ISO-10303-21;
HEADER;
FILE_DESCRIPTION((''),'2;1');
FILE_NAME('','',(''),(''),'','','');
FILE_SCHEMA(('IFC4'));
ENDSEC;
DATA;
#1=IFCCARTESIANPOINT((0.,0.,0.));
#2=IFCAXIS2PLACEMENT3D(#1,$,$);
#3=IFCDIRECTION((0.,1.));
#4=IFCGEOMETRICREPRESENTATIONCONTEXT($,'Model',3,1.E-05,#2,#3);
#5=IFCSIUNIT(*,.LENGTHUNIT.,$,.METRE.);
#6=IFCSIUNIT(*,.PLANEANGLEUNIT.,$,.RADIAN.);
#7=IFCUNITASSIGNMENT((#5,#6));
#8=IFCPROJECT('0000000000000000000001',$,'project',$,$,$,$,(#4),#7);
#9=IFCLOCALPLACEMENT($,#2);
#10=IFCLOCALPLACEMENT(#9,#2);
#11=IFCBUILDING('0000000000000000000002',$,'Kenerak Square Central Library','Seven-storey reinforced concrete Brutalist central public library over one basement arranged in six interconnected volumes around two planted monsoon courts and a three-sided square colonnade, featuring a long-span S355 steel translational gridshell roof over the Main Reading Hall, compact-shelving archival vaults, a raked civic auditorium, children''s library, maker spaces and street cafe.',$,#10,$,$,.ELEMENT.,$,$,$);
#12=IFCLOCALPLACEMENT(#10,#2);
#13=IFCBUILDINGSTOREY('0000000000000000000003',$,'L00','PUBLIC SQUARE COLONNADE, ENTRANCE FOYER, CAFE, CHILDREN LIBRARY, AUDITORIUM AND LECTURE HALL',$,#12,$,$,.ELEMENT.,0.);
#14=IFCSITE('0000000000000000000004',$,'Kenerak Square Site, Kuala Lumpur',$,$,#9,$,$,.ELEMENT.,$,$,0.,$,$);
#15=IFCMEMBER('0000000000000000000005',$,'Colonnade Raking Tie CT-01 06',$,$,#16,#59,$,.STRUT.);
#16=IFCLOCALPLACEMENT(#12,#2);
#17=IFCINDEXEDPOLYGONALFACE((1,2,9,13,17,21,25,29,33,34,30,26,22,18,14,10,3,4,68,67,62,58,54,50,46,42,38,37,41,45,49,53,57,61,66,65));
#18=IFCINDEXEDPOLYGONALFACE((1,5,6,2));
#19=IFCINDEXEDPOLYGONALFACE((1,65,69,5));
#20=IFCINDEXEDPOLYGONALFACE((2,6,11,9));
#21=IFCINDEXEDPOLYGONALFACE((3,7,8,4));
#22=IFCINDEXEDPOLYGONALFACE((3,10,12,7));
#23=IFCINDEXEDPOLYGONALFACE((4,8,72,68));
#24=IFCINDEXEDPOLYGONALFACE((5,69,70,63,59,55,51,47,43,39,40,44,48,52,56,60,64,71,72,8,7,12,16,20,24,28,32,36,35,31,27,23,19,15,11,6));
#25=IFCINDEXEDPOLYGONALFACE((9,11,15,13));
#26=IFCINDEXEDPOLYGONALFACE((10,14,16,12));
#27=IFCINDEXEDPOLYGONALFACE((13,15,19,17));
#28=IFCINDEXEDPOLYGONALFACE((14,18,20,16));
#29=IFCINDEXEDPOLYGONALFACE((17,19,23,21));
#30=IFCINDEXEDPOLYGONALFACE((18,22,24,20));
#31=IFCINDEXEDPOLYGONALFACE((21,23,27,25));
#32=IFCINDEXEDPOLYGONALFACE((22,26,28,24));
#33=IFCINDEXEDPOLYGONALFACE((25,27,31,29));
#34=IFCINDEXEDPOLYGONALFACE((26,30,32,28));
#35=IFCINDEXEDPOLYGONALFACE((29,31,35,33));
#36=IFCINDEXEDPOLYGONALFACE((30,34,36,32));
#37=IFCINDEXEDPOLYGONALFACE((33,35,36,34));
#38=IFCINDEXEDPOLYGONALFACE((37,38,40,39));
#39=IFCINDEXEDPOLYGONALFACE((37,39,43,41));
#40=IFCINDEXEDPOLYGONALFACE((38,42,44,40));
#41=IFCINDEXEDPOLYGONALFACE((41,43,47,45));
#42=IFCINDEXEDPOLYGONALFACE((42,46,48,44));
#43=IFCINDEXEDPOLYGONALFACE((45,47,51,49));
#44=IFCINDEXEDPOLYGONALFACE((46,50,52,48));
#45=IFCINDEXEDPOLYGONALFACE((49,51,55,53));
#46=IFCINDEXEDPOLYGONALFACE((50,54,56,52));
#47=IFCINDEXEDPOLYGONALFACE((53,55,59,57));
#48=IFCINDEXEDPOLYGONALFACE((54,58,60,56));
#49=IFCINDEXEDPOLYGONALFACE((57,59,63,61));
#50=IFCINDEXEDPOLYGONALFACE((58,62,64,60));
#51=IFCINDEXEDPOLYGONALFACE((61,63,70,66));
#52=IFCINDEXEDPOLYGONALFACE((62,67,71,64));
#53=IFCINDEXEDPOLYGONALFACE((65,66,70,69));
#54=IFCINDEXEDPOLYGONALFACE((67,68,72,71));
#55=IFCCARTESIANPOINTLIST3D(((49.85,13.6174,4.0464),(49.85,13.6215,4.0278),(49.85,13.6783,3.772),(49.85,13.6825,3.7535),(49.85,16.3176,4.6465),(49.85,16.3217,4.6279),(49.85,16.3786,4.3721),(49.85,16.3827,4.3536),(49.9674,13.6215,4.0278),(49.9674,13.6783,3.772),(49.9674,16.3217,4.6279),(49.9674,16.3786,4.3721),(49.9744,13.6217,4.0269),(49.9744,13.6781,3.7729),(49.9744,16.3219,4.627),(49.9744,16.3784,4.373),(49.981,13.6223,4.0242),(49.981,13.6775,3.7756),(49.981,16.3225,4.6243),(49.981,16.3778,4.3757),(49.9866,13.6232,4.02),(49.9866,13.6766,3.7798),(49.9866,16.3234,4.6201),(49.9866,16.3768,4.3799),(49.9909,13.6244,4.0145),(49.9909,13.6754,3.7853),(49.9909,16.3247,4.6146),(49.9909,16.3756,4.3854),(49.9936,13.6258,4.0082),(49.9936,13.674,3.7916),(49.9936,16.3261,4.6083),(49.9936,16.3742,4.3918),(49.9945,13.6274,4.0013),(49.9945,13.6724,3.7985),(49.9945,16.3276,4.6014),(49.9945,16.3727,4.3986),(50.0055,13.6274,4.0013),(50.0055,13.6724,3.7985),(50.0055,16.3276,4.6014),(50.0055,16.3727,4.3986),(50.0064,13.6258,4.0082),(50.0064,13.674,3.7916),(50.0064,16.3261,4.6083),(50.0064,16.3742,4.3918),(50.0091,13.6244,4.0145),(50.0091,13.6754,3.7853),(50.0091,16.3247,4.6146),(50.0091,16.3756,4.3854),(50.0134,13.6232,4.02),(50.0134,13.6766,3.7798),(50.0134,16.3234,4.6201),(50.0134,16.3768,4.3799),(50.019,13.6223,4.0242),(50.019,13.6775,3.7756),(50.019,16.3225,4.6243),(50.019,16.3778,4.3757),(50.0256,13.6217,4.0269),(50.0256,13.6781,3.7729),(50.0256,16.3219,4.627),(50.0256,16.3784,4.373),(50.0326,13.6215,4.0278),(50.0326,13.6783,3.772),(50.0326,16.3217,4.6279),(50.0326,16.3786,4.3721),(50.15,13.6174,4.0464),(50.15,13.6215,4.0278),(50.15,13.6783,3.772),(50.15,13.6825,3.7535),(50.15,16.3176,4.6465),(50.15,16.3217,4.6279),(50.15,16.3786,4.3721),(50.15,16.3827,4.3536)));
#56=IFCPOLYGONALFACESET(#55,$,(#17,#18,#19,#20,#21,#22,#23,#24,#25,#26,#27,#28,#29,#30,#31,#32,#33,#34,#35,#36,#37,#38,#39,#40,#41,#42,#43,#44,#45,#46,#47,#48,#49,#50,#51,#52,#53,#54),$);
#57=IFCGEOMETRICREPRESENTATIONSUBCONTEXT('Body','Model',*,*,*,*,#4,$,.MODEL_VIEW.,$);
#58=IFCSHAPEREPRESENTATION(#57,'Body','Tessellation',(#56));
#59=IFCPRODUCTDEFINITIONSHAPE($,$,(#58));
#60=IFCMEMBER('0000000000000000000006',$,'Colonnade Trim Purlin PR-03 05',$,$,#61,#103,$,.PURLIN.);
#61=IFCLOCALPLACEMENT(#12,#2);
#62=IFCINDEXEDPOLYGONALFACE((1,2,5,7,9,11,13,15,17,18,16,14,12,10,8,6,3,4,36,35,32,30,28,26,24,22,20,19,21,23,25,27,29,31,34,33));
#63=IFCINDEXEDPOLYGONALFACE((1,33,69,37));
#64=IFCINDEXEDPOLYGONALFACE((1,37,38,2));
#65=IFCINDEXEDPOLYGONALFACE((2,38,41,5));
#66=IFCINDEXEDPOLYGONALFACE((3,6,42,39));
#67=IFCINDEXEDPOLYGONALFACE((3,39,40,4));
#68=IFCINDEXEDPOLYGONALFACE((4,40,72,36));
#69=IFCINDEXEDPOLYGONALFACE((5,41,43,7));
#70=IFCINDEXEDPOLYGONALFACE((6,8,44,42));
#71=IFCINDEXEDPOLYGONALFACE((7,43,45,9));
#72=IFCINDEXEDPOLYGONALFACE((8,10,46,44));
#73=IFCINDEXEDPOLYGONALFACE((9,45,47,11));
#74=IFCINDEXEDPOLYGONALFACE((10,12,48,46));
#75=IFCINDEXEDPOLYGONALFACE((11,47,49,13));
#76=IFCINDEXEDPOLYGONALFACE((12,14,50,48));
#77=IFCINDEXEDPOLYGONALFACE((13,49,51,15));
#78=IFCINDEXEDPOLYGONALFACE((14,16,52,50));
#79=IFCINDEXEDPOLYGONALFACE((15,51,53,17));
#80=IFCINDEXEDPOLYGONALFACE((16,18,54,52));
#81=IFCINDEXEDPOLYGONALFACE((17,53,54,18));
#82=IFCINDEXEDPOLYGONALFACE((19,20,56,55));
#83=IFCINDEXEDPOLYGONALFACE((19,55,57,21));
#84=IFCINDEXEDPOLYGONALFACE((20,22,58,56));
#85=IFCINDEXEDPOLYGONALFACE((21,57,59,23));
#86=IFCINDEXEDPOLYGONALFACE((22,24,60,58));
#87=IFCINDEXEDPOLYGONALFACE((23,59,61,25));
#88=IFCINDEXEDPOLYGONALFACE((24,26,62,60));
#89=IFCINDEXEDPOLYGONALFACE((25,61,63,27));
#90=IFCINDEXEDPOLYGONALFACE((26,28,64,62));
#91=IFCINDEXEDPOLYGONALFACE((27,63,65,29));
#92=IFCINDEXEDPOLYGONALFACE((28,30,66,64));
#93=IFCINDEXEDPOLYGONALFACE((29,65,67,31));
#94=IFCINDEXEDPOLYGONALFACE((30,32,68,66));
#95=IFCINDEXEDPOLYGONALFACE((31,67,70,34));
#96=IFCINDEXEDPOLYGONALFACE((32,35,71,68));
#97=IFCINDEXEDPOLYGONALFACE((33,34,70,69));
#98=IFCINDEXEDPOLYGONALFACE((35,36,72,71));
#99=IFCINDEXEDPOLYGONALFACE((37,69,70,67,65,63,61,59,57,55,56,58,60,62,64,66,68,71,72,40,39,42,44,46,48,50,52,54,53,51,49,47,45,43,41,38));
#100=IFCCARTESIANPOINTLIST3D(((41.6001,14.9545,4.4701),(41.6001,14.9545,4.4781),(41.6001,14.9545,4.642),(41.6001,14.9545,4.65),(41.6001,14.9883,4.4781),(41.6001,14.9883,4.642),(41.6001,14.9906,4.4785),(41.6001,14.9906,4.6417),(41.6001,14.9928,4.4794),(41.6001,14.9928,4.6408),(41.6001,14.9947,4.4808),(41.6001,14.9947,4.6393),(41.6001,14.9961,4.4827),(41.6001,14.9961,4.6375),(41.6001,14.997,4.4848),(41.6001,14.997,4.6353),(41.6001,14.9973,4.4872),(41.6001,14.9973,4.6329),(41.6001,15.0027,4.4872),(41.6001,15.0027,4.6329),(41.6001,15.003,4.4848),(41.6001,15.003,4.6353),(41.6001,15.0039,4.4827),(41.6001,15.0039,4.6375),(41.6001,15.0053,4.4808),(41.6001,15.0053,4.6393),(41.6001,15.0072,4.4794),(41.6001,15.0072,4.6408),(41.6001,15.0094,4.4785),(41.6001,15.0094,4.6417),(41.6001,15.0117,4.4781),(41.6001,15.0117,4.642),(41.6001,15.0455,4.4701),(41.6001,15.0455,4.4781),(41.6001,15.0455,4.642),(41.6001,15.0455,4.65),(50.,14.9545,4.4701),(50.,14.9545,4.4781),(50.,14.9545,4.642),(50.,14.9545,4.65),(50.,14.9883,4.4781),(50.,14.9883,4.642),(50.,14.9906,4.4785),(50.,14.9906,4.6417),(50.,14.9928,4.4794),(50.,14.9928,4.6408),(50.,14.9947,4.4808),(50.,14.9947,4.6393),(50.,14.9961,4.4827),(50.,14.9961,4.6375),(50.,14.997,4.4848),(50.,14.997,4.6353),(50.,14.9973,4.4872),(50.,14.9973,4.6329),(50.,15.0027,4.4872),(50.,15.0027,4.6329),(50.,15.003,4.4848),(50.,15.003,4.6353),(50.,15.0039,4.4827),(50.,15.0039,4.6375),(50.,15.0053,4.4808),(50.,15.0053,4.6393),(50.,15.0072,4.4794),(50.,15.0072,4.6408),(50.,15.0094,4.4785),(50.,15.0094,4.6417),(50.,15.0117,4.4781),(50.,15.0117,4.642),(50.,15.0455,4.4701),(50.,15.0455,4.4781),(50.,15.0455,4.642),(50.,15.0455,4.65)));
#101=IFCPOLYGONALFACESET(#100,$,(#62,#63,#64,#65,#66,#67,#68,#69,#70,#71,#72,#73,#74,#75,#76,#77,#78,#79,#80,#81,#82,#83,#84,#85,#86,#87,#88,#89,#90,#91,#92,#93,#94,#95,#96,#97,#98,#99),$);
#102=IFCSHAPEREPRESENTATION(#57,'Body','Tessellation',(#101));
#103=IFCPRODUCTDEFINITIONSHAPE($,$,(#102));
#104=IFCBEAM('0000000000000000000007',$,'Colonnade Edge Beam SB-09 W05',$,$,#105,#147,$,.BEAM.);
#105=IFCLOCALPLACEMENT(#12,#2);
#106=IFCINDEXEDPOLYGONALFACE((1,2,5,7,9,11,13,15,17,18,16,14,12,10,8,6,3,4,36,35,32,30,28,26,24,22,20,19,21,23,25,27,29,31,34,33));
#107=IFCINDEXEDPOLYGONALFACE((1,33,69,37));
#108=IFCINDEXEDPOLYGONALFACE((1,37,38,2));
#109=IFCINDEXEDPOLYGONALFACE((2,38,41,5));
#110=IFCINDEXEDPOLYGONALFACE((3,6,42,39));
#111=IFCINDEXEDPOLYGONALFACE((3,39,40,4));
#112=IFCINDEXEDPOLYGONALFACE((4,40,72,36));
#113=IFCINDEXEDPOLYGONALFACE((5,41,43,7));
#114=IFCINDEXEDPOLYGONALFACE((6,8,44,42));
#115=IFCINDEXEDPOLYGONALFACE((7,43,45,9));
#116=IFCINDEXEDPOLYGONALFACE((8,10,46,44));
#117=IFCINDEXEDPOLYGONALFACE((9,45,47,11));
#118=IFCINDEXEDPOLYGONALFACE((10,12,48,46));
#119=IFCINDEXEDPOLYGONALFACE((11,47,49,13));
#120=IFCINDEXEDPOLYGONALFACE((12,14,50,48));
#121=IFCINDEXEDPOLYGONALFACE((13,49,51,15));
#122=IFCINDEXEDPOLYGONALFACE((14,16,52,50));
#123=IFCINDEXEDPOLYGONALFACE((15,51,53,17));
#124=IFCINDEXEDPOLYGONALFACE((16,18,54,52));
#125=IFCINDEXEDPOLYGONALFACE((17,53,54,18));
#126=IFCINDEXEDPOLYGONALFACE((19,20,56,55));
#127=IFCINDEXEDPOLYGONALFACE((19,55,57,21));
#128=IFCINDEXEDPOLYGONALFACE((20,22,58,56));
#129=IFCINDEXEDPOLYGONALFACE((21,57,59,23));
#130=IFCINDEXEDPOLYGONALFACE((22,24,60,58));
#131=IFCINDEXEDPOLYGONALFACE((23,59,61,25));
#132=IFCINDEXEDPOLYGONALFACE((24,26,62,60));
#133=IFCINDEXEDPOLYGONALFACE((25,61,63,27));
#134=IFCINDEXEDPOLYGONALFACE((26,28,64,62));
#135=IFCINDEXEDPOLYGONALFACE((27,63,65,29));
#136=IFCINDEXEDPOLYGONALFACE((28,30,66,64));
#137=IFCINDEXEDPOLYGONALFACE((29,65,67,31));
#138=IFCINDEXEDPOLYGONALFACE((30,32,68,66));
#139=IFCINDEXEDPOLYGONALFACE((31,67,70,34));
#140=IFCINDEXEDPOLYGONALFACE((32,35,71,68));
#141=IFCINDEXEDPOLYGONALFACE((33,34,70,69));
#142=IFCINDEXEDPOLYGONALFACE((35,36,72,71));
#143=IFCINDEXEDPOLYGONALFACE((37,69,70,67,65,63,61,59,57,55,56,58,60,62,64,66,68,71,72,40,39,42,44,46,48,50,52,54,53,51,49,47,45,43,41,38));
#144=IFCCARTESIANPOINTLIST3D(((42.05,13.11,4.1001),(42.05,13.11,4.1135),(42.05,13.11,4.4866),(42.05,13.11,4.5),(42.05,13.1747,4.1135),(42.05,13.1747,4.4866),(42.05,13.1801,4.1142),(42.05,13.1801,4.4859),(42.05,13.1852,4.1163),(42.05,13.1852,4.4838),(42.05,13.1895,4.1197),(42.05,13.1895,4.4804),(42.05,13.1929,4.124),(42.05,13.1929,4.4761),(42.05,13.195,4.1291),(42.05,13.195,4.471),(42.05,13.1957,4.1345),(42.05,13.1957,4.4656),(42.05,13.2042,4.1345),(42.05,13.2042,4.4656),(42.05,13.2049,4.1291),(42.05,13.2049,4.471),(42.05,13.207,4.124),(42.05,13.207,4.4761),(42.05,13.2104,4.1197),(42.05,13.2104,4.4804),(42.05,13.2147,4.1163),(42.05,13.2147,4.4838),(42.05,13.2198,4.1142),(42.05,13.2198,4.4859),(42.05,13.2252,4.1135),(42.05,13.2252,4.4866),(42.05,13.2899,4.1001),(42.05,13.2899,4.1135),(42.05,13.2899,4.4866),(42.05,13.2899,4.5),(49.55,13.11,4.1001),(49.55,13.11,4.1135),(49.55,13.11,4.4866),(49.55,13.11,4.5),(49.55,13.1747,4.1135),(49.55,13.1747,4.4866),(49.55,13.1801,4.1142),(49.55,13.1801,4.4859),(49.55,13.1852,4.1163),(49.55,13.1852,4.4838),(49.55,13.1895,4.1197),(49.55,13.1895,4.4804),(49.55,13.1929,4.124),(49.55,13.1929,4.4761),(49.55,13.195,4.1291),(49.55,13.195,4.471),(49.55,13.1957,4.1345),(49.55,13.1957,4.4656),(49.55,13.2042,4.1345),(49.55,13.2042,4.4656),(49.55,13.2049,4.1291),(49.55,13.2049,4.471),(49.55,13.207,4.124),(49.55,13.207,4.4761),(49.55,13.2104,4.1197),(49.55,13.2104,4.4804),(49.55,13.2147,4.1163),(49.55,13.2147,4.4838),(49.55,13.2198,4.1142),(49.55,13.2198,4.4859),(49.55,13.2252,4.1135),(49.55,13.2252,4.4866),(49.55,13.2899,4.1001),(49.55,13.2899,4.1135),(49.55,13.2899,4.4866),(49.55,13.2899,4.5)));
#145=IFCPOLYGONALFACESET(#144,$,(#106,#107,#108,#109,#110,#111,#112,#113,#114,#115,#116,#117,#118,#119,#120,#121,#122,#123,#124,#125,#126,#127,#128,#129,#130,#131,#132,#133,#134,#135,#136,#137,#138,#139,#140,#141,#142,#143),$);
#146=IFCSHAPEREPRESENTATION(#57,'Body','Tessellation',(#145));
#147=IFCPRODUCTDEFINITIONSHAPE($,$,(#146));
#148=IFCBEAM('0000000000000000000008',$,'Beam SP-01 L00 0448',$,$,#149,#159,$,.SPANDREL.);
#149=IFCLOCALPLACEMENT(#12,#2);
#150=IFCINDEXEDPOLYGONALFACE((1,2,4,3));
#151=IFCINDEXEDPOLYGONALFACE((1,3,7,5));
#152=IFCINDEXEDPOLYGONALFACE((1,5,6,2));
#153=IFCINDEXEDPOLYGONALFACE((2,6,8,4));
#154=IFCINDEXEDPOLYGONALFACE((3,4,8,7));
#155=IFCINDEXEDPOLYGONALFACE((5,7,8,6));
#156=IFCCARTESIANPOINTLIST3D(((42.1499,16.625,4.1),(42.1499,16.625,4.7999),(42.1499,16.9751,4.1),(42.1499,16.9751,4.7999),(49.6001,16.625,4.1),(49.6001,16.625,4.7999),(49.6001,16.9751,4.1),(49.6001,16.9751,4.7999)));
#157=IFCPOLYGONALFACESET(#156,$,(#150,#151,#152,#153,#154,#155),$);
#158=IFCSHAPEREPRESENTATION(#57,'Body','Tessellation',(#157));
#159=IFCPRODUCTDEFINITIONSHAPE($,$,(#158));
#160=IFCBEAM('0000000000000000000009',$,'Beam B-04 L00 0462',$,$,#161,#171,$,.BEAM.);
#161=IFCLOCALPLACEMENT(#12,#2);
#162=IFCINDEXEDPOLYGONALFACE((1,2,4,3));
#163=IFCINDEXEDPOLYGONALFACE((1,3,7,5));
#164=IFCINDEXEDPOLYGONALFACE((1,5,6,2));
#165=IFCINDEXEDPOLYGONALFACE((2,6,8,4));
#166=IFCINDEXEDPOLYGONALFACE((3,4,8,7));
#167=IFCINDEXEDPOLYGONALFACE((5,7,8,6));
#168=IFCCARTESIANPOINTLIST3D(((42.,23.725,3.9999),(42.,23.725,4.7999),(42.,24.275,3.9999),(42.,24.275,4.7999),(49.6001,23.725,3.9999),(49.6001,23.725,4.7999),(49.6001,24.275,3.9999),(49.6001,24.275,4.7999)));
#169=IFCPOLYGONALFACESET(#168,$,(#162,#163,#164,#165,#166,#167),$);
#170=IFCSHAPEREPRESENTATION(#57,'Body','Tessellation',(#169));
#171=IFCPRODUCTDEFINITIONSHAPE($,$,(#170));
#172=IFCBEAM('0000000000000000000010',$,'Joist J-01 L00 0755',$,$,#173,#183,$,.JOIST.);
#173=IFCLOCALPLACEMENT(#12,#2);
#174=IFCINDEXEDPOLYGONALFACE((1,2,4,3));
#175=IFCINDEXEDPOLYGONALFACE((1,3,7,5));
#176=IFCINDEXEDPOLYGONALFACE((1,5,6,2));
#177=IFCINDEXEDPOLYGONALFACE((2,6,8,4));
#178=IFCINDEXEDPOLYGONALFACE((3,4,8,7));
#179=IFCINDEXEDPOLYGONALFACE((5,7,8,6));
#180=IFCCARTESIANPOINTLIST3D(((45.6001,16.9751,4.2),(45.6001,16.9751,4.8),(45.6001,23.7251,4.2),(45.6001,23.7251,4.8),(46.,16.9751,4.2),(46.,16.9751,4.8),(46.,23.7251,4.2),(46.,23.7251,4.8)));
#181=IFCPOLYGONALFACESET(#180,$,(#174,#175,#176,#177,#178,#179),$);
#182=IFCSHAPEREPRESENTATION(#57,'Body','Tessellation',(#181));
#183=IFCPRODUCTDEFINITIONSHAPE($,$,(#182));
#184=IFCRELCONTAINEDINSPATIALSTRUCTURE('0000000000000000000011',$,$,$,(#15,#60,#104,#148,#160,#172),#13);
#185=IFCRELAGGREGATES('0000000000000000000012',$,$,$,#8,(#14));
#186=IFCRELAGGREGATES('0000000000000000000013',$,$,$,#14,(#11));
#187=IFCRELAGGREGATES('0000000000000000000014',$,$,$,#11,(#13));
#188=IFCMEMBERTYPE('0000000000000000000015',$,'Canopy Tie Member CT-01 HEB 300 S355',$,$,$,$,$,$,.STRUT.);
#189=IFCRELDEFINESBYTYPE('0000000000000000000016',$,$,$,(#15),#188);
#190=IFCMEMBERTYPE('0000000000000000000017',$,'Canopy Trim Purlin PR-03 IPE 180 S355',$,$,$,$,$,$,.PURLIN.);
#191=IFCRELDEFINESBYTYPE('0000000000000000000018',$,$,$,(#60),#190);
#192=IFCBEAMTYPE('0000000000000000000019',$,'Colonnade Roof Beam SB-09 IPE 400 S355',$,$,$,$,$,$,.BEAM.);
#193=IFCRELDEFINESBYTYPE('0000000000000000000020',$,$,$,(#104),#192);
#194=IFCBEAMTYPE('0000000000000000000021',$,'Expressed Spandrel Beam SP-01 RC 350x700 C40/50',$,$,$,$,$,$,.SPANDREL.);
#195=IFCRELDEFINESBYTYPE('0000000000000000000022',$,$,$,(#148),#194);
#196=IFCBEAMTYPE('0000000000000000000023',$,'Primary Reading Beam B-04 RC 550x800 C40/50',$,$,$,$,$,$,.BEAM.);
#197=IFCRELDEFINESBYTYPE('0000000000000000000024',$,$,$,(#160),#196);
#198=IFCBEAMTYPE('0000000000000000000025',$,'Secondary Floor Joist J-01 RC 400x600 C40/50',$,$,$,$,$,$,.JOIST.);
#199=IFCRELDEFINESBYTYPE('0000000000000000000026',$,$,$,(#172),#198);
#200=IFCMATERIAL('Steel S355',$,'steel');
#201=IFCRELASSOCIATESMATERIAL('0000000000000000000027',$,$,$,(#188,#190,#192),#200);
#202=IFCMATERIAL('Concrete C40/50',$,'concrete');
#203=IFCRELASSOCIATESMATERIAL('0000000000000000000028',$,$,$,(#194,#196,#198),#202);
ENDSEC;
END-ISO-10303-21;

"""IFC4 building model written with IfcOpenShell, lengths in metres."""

from ifc_helpers import new_model, si_unit, direction, frame, origin, origin_2d, place, context, subcontext, project, spatial, rectangle, i_section, extrude, material, material_profile, profile_set, type_object, element, save


model = new_model("IFC4")

# Units and contexts
model_context = context("Model", 3, precision=1e-05, world=origin(), true_north=direction((0.0, 1.0)))
body_context = subcontext(model_context, "Body", "Model", "MODEL_VIEW")
ifc_project = project(units=[si_unit("LENGTHUNIT", "METRE"), si_unit("PLANEANGLEUNIT", "RADIAN")], contexts=[model_context])

# Site, building, storey
site_placement = place(None, origin())
site = spatial("IfcSite", under=ifc_project, at=site_placement, Name="Kenerak Square Site, Kuala Lumpur", CompositionType="ELEMENT", RefElevation=0.0)
building_placement = place(site_placement, origin())
building = spatial("IfcBuilding", under=site, at=building_placement, Name="Kenerak Square Central Library", Description="Seven-storey reinforced concrete Brutalist central public library over one basement arranged in six interconnected volumes around two planted monsoon courts and a three-sided square colonnade, featuring a long-span S355 steel translational gridshell roof over the Main Reading Hall, compact-shelving archival vaults, a raked civic auditorium, children's library, maker spaces and street cafe.", CompositionType="ELEMENT")
storey_placement = place(building_placement, origin())
storey = spatial("IfcBuildingStorey", under=building, at=storey_placement, Name="L00", Description="PUBLIC SQUARE COLONNADE, ENTRANCE FOYER, CAFE, CHILDREN LIBRARY, AUDITORIUM AND LECTURE HALL", CompositionType="ELEMENT", Elevation=0.0)

# Shared definitions
ifc_material_1 = material(Name="Steel S355", Category="steel")

# Members
ifc_material_profile_1 = material_profile(ifc_material_1, i_section(OverallWidth=0.3, OverallDepth=0.3, WebThickness=0.011, FlangeThickness=0.019, FilletRadius=0.0271, at=origin_2d()), Name="HEB 300")
ifc_profile_set_1 = profile_set([ifc_material_profile_1], Name="Steel S355")
member_type_1 = type_object("IfcMemberType", Name="Canopy Tie Member CT-01 HEB 300 S355", PredefinedType="STRUT", material=ifc_profile_set_1)
for number, where, z_axis, x_axis, name in (
    (1, (50.0, 13.6499, 3.8999), (0.0, 0.976183, 0.216949), (-1.0, 0.0, 0.0), "Colonnade Raking Tie CT-01 06"),
):
    element("IfcMember", number, at=place(storey_placement, frame(where, z_axis=z_axis, x_axis=x_axis)), inside=storey, type_object=member_type_1, Name=name, PredefinedType="STRUT", context=body_context, shape_type="SweptSolid", body=[
        extrude(i_section(OverallWidth=0.3, OverallDepth=0.3, WebThickness=0.011, FlangeThickness=0.019, FilletRadius=0.0271, at=origin_2d()), origin(), (0.0, 0.0, 1.0), 2.7661),
    ])
ifc_material_profile_2 = material_profile(ifc_material_1, i_section(OverallWidth=0.0911, OverallDepth=0.1799, WebThickness=0.0054, FlangeThickness=0.0081, FilletRadius=0.009, at=origin_2d()), Name="IPE 180")
ifc_profile_set_2 = profile_set([ifc_material_profile_2], Name="Steel S355")
member_type_2 = type_object("IfcMemberType", Name="Canopy Trim Purlin PR-03 IPE 180 S355", PredefinedType="PURLIN", material=ifc_profile_set_2)
member_placement = place(storey_placement, frame((41.6001, 15.0, 4.5601), z_axis=(1.0, 0.0, 0.0), x_axis=(0.0, 1.0, 0.0)))
element("IfcMember", 2, at=member_placement, inside=storey, type_object=member_type_2, Name="Colonnade Trim Purlin PR-03 05", PredefinedType="PURLIN", context=body_context, shape_type="SweptSolid", body=[
    extrude(i_section(OverallWidth=0.0911, OverallDepth=0.1799, WebThickness=0.0054, FlangeThickness=0.0081, FilletRadius=0.009, at=origin_2d()), origin(), (0.0, 0.0, 1.0), 8.3999),
])

# Beams
ifc_material_profile_3 = material_profile(ifc_material_1, i_section(OverallWidth=0.1799, OverallDepth=0.3999, WebThickness=0.0085, FlangeThickness=0.0134, FilletRadius=0.021, at=origin_2d()), Name="IPE 400")
ifc_profile_set_3 = profile_set([ifc_material_profile_3], Name="Steel S355")
beam_type_1 = type_object("IfcBeamType", Name="Colonnade Roof Beam SB-09 IPE 400 S355", PredefinedType="BEAM", material=ifc_profile_set_3)
beam_1_placement = place(storey_placement, frame((42.05, 13.2, 4.3), z_axis=(1.0, 0.0, 0.0), x_axis=(0.0, 1.0, 0.0)))
element("IfcBeam", 3, at=beam_1_placement, inside=storey, type_object=beam_type_1, Name="Colonnade Edge Beam SB-09 W05", PredefinedType="BEAM", context=body_context, shape_type="SweptSolid", body=[
    extrude(i_section(OverallWidth=0.1799, OverallDepth=0.3999, WebThickness=0.0085, FlangeThickness=0.0134, FilletRadius=0.021, at=origin_2d()), origin(), (0.0, 0.0, 1.0), 7.5),
])
ifc_material_2 = material(Name="Concrete C40/50", Category="concrete")
ifc_material_profile_4 = material_profile(ifc_material_2, rectangle(XDim=0.3501, YDim=0.7, at=origin_2d()), Name="RC 350x700")
ifc_profile_set_4 = profile_set([ifc_material_profile_4], Name="Concrete C40/50")
beam_type_2 = type_object("IfcBeamType", Name="Expressed Spandrel Beam SP-01 RC 350x700 C40/50", PredefinedType="SPANDREL", material=ifc_profile_set_4)
beam_2_placement = place(storey_placement, frame((42.1499, 16.8, 4.45), z_axis=(1.0, 0.0, 0.0), x_axis=(0.0, 1.0, 0.0)))
element("IfcBeam", 4, at=beam_2_placement, inside=storey, type_object=beam_type_2, Name="Beam SP-01 L00 0448", PredefinedType="SPANDREL", context=body_context, shape_type="SweptSolid", body=[
    extrude(rectangle(XDim=0.3501, YDim=0.7, at=origin_2d()), origin(), (0.0, 0.0, 1.0), 7.4502),
])
ifc_material_profile_5 = material_profile(ifc_material_2, rectangle(XDim=0.55, YDim=0.8, at=origin_2d()), Name="RC 550x800")
ifc_profile_set_5 = profile_set([ifc_material_profile_5], Name="Concrete C40/50")
beam_type_3 = type_object("IfcBeamType", Name="Primary Reading Beam B-04 RC 550x800 C40/50", PredefinedType="BEAM", material=ifc_profile_set_5)
beam_3_placement = place(storey_placement, frame((42.0, 24.0, 4.3999), z_axis=(1.0, 0.0, 0.0), x_axis=(0.0, 1.0, 0.0)))
element("IfcBeam", 5, at=beam_3_placement, inside=storey, type_object=beam_type_3, Name="Beam B-04 L00 0462", PredefinedType="BEAM", context=body_context, shape_type="SweptSolid", body=[
    extrude(rectangle(XDim=0.55, YDim=0.8, at=origin_2d()), origin(), (0.0, 0.0, 1.0), 7.6001),
])
ifc_material_profile_6 = material_profile(ifc_material_2, rectangle(XDim=0.3999, YDim=0.6001, at=origin_2d()), Name="RC 400x600")
ifc_profile_set_6 = profile_set([ifc_material_profile_6], Name="Concrete C40/50")
beam_type_4 = type_object("IfcBeamType", Name="Secondary Floor Joist J-01 RC 400x600 C40/50", PredefinedType="JOIST", material=ifc_profile_set_6)
beam_4_placement = place(storey_placement, frame((45.8, 16.9751, 4.5), z_axis=(0.0, 1.0, 0.0), x_axis=(-1.0, 0.0, 0.0)))
element("IfcBeam", 6, at=beam_4_placement, inside=storey, type_object=beam_type_4, Name="Joist J-01 L00 0755", PredefinedType="JOIST", context=body_context, shape_type="SweptSolid", body=[
    extrude(rectangle(XDim=0.3999, YDim=0.6001, at=origin_2d()), origin(), (0.0, 0.0, 1.0), 6.75),
])

save(model, "model.ifc")
